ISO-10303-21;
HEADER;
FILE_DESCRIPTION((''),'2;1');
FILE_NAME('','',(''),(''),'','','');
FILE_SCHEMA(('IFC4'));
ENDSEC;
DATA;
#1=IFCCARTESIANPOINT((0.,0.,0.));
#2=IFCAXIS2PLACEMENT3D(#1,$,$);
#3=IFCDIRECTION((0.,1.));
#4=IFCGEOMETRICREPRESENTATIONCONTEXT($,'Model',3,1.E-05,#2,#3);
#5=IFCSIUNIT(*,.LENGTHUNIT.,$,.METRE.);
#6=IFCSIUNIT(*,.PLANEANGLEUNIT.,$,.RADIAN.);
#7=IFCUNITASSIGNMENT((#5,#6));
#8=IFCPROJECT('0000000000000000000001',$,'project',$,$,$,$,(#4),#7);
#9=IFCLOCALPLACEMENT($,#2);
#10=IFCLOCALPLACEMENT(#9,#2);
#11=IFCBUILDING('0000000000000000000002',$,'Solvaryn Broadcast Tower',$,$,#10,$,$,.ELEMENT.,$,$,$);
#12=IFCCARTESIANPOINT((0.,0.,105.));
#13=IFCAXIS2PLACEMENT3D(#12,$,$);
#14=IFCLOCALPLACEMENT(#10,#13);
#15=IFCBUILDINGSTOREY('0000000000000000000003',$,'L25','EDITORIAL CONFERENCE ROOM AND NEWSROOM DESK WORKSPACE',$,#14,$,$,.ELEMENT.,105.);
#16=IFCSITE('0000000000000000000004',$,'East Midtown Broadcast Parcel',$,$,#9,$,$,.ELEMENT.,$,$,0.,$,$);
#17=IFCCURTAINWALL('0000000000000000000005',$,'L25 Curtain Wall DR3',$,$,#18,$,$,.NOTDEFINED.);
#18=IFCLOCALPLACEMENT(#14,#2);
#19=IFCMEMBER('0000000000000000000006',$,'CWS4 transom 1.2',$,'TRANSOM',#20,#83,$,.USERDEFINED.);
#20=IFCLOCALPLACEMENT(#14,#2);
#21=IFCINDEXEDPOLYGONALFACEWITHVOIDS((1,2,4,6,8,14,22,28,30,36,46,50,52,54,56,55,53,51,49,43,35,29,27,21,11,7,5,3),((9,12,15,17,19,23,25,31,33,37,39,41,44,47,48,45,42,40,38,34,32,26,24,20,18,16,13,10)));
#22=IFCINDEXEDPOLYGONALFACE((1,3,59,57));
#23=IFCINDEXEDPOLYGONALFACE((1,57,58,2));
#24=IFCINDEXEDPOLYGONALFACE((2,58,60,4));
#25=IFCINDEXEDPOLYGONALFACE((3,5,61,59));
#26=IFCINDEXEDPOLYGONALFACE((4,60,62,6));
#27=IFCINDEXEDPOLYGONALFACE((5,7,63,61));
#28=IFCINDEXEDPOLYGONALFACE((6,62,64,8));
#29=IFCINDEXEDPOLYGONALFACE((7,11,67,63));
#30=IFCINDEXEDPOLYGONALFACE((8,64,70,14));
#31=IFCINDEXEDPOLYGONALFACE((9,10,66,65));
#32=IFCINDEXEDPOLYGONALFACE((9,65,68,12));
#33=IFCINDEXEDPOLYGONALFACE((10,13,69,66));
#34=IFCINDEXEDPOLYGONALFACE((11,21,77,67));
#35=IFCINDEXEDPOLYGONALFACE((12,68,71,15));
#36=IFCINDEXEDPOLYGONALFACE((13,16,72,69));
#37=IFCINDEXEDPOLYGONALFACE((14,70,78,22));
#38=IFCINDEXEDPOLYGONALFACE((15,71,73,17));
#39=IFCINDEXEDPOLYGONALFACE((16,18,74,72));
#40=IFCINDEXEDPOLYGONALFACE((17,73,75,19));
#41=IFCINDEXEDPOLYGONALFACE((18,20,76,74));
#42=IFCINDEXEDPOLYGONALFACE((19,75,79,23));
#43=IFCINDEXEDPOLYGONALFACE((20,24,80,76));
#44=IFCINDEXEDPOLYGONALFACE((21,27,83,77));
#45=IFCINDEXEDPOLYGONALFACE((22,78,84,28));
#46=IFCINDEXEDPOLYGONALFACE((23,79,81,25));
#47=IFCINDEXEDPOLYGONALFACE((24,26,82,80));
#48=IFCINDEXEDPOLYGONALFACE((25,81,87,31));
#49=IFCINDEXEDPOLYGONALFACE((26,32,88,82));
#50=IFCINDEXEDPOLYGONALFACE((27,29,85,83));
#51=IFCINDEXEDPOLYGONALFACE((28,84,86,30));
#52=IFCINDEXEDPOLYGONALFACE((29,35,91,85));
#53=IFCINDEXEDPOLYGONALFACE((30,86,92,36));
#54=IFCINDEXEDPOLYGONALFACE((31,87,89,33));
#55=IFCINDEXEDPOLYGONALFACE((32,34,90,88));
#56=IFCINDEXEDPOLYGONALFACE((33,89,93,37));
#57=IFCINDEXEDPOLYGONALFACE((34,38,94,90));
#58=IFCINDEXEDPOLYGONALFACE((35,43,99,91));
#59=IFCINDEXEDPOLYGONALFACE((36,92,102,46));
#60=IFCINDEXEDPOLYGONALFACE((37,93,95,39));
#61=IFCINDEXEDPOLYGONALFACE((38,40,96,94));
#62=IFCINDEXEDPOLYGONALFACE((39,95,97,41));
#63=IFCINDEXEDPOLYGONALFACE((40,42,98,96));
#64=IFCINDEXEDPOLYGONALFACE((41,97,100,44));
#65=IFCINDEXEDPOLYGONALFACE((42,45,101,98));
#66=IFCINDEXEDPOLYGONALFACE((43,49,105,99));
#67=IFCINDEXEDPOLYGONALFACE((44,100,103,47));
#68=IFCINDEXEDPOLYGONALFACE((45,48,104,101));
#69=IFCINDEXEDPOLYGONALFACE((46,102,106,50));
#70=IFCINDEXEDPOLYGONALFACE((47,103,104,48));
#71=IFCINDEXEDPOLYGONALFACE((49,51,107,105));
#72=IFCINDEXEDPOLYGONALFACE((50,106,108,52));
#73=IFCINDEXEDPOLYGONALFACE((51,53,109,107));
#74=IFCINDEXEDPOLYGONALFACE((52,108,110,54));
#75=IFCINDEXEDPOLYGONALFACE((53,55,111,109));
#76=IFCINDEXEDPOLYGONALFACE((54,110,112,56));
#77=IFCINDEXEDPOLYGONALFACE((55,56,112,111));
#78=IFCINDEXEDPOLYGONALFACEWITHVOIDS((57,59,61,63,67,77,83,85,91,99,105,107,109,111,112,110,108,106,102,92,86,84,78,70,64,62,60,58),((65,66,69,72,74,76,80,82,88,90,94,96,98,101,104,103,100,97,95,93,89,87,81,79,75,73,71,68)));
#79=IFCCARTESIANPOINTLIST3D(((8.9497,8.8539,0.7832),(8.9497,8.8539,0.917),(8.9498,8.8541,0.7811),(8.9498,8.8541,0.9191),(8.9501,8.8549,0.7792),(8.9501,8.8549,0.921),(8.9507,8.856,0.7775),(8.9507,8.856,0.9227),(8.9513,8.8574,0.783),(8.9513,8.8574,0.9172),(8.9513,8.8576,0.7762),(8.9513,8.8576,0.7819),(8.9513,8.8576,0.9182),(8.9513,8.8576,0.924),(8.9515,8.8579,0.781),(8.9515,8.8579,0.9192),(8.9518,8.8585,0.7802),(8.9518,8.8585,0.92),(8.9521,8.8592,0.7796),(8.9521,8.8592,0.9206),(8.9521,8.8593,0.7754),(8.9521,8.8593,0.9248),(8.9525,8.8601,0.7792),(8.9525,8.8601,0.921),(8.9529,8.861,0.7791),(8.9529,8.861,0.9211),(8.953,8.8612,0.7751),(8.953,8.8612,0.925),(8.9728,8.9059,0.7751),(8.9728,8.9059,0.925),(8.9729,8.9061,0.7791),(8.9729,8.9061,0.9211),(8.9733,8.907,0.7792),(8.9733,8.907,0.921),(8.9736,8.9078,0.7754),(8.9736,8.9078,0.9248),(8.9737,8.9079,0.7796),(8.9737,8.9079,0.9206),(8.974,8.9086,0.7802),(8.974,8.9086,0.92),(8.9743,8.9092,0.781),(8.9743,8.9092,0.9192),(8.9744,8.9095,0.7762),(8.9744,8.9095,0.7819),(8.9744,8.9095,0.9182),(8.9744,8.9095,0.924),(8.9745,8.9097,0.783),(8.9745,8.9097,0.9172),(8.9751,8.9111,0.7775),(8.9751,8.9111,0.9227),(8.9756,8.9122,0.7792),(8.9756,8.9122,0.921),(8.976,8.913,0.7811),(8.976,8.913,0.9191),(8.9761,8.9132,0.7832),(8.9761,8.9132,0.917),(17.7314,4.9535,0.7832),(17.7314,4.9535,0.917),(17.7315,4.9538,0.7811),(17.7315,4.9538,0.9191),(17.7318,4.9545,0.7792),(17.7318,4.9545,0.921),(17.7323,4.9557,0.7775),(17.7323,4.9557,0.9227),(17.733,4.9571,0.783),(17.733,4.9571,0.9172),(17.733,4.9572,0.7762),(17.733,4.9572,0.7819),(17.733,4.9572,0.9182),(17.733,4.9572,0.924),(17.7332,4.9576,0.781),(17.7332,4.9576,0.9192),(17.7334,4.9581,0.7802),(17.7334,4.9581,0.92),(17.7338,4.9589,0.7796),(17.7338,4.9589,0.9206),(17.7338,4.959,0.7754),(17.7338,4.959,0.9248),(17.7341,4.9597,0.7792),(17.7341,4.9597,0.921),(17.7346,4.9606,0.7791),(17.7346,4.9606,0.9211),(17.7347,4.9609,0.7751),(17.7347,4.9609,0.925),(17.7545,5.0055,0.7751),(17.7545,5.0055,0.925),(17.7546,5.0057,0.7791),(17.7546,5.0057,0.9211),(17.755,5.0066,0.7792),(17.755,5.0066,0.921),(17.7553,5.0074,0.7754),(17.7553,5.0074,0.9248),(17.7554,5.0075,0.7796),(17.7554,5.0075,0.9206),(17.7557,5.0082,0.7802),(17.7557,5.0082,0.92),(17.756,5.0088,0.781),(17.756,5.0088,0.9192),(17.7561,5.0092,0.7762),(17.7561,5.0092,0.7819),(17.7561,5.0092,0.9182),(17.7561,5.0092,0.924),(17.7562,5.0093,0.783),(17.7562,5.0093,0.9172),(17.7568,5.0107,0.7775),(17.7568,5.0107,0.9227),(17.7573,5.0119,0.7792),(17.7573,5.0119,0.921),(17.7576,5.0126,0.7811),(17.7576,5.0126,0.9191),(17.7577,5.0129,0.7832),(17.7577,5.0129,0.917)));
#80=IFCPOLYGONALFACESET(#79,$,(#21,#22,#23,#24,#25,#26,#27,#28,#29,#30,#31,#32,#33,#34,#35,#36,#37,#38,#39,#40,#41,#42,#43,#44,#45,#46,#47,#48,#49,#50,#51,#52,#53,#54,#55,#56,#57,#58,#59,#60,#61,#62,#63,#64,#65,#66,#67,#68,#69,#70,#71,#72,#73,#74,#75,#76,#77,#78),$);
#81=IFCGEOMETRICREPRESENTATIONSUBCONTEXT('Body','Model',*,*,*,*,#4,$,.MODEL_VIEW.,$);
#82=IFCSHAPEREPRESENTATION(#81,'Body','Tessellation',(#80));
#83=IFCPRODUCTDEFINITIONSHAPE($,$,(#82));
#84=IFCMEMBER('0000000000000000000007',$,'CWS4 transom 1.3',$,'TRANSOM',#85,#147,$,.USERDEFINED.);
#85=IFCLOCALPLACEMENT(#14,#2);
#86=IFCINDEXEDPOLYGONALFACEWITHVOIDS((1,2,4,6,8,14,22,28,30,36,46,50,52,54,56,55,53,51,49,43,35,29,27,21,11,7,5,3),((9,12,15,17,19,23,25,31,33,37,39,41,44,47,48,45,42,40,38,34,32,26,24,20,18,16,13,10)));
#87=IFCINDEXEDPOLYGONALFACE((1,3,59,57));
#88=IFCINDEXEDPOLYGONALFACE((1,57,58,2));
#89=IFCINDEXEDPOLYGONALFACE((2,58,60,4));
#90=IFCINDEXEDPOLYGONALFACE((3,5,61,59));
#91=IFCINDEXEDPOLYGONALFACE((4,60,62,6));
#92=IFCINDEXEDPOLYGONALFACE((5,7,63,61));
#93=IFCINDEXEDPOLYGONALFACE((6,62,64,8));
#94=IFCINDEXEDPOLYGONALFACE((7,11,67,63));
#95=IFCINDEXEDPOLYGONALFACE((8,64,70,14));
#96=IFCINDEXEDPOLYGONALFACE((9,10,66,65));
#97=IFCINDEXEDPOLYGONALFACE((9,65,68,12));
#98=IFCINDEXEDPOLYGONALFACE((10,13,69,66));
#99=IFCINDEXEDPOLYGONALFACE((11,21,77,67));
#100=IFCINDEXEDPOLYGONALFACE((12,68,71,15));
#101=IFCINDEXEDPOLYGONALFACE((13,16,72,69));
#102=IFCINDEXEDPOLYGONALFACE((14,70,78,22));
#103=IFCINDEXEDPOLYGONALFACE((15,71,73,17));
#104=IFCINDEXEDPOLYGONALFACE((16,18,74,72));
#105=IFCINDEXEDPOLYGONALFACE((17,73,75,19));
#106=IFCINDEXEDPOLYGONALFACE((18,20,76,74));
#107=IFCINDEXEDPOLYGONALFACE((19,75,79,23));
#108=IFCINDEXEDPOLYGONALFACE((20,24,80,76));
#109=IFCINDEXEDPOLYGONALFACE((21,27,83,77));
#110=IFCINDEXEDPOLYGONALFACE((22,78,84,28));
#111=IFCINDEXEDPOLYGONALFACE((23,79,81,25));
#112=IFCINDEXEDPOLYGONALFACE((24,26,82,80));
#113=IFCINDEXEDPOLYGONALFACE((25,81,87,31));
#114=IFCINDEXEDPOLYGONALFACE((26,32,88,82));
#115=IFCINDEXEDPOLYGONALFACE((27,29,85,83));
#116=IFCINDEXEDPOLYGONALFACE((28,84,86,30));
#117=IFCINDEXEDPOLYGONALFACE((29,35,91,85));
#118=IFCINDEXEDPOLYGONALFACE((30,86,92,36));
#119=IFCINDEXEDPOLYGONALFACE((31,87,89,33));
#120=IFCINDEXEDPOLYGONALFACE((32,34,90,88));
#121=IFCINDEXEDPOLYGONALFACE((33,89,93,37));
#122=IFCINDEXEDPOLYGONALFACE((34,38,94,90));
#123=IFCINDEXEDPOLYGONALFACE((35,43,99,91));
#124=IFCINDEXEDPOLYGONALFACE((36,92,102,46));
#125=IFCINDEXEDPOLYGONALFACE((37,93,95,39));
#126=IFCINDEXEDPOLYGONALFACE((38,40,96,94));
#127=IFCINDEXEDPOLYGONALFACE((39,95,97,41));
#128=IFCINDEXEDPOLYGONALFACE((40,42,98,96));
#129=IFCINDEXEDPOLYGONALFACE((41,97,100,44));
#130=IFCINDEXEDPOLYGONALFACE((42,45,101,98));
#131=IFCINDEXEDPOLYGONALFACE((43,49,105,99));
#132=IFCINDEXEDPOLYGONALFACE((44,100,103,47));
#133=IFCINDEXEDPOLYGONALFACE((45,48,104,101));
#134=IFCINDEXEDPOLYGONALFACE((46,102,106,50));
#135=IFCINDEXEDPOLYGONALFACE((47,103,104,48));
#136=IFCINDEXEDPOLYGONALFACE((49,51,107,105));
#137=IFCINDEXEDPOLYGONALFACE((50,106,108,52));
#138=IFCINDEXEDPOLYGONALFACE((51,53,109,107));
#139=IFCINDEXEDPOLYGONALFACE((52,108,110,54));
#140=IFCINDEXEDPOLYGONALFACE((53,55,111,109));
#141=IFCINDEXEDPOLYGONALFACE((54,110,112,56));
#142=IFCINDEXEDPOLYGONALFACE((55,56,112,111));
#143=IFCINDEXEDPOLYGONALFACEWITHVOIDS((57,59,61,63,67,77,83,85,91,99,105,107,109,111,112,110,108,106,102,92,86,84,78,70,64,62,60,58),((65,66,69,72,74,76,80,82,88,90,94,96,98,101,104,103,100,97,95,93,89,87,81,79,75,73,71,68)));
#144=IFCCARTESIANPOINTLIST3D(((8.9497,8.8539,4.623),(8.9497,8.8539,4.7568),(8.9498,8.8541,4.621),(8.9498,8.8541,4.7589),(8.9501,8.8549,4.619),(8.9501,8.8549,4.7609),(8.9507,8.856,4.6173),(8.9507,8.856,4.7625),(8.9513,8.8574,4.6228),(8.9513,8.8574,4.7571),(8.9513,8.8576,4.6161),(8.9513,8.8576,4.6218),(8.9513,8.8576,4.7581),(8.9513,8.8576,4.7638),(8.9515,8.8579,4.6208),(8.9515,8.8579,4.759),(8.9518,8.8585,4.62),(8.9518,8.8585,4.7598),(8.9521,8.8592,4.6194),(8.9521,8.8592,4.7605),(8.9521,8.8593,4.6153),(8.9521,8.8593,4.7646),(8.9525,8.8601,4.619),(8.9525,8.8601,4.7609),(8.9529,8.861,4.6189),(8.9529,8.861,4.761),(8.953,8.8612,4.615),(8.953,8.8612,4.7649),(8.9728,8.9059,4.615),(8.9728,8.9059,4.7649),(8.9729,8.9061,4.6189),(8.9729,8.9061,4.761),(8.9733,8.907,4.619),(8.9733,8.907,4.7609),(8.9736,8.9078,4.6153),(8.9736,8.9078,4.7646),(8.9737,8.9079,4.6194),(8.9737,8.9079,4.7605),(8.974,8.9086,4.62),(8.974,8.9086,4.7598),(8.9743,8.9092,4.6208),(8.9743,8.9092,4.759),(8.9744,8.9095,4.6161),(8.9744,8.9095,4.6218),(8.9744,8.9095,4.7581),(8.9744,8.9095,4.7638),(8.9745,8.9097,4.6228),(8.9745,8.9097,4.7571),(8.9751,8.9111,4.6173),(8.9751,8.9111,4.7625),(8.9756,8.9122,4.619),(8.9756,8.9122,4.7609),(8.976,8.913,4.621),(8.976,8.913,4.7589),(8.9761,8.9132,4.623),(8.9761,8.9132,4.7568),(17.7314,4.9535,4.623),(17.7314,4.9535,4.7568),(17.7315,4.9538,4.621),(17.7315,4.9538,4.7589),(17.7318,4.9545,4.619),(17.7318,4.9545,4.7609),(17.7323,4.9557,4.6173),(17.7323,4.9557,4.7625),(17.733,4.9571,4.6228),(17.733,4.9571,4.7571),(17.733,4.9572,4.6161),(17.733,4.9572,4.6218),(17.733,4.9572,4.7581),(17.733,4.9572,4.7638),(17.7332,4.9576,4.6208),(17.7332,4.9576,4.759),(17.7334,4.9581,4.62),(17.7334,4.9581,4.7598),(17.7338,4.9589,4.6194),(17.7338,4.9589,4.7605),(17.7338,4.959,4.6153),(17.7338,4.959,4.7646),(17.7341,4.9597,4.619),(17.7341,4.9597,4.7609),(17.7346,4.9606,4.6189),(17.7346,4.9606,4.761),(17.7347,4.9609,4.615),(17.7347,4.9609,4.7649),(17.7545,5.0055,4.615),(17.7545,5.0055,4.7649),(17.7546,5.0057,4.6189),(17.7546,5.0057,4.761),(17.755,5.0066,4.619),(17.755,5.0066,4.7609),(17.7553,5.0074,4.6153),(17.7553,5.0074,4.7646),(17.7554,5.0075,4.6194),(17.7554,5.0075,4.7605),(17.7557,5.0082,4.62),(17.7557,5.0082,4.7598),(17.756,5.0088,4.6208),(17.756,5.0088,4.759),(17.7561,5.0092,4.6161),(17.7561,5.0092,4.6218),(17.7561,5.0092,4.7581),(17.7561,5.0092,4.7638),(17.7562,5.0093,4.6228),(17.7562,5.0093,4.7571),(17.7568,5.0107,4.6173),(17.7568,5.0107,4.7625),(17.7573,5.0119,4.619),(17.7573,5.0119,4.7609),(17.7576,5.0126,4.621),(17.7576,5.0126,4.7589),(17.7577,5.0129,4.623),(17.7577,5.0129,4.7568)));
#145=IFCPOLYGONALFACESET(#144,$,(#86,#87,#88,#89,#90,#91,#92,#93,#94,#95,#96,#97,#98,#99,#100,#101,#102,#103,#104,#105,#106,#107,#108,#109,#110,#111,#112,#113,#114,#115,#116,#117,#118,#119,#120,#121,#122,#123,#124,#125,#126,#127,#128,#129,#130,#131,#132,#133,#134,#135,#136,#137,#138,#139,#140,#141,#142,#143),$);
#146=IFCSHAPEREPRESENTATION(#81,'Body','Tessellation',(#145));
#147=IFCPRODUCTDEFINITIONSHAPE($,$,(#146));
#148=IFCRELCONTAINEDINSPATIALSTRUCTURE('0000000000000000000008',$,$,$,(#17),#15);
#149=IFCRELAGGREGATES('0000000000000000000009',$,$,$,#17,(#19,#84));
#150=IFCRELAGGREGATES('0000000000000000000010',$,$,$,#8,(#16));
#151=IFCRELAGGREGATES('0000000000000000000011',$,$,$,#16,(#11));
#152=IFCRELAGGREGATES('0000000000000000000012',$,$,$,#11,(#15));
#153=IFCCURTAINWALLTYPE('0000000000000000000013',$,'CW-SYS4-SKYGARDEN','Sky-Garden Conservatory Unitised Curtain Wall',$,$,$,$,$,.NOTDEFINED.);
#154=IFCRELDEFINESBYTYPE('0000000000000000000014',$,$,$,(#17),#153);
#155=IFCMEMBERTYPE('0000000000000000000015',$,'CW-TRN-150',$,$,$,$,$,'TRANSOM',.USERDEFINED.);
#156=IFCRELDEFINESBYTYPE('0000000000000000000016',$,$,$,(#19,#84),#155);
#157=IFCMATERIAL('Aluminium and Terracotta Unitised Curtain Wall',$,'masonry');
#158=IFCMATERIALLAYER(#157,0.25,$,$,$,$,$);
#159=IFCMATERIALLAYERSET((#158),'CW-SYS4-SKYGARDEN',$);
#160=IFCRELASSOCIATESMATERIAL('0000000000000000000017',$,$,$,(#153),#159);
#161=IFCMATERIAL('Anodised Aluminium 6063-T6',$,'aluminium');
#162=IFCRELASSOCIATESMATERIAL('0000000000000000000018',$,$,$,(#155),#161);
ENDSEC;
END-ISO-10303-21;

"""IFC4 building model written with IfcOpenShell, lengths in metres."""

from ifc_helpers import new_model, si_unit, direction, frame, origin, origin_2d, place, context, subcontext, project, spatial, hollow_rectangle, extrude, material, layer, layer_set, material_profile, profile_set, type_object, element, aggregate, save


model = new_model("IFC4")

# Units and contexts
model_context = context("Model", 3, precision=1e-05, world=origin(), true_north=direction((0.0, 1.0)))
body_context = subcontext(model_context, "Body", "Model", "MODEL_VIEW")
ifc_project = project(units=[si_unit("LENGTHUNIT", "METRE"), si_unit("PLANEANGLEUNIT", "RADIAN")], contexts=[model_context])

# Site, building, storey
site_placement = place(None, origin())
site = spatial("IfcSite", under=ifc_project, at=site_placement, Name="East Midtown Broadcast Parcel", CompositionType="ELEMENT", RefElevation=0.0)
building_placement = place(site_placement, origin())
building = spatial("IfcBuilding", under=site, at=building_placement, Name="Solvaryn Broadcast Tower", CompositionType="ELEMENT")
storey_placement = place(building_placement, frame((0.0, 0.0, 105.0)))
storey = spatial("IfcBuildingStorey", under=building, at=storey_placement, Name="L25", Description="EDITORIAL CONFERENCE ROOM AND NEWSROOM DESK WORKSPACE", CompositionType="ELEMENT", Elevation=105.0)

# Shared definitions
ifc_material_1 = material(Name="Aluminium and Terracotta Unitised Curtain Wall", Category="masonry")
ifc_layer_1 = layer(ifc_material_1, 0.25)
ifc_layer_set_1 = layer_set([ifc_layer_1], Name="CW-SYS4-SKYGARDEN")
curtain_wall_type = type_object("IfcCurtainWallType", Name="CW-SYS4-SKYGARDEN", Description="Sky-Garden Conservatory Unitised Curtain Wall", PredefinedType="NOTDEFINED", material=ifc_layer_set_1)

# Curtain wall, members
curtain_wall_1_placement = place(storey_placement, origin())
curtain_wall_1 = element("IfcCurtainWall", 1, at=curtain_wall_1_placement, inside=storey, type_object=curtain_wall_type, Name="L25 Curtain Wall DR3", PredefinedType="NOTDEFINED")
ifc_material_2 = material(Name="Anodised Aluminium 6063-T6", Category="aluminium")
ifc_material_profile_1 = material_profile(ifc_material_2, hollow_rectangle(XDim=0.0649, YDim=0.1499, WallThickness=0.0039, InnerFilletRadius=0.0039, OuterFilletRadius=0.0081, at=origin_2d()))
ifc_profile_set_1 = profile_set([ifc_material_profile_1], Name="Anodised Aluminium 6063-T6")
member_type_1 = type_object("IfcMemberType", Name="CW-TRN-150", ElementType="TRANSOM", PredefinedType="USERDEFINED", material=ifc_profile_set_1)
member_1_placement = place(storey_placement, frame((8.9629, 8.8835, 0.8501), z_axis=(0.913912, -0.405912, 0.0), x_axis=(0.405912, 0.913912, 0.0)))
member_1 = element("IfcMember", 2, at=member_1_placement, type_object=member_type_1, Name="CWS4 transom 1.2", ObjectType="TRANSOM", PredefinedType="USERDEFINED", context=body_context, shape_type="SweptSolid", body=[
    extrude(hollow_rectangle(XDim=0.0649, YDim=0.1499, WallThickness=0.0039, InnerFilletRadius=0.0039, OuterFilletRadius=0.0081, at=origin_2d()), origin(), (0.0, 0.0, 1.0), 9.6089),
])
member_2_placement = place(storey_placement, frame((8.9629, 8.8835, 4.6899), z_axis=(0.913912, -0.405912, 0.0), x_axis=(0.405912, 0.913912, 0.0)))
member_2 = element("IfcMember", 3, at=member_2_placement, type_object=member_type_1, Name="CWS4 transom 1.3", ObjectType="TRANSOM", PredefinedType="USERDEFINED", context=body_context, shape_type="SweptSolid", body=[
    extrude(hollow_rectangle(XDim=0.0649, YDim=0.1499, WallThickness=0.0039, InnerFilletRadius=0.0039, OuterFilletRadius=0.0081, at=origin_2d()), origin(), (0.0, 0.0, 1.0), 9.6089),
])

aggregate(curtain_wall_1, [member_1, member_2])

save(model, "model.ifc")
